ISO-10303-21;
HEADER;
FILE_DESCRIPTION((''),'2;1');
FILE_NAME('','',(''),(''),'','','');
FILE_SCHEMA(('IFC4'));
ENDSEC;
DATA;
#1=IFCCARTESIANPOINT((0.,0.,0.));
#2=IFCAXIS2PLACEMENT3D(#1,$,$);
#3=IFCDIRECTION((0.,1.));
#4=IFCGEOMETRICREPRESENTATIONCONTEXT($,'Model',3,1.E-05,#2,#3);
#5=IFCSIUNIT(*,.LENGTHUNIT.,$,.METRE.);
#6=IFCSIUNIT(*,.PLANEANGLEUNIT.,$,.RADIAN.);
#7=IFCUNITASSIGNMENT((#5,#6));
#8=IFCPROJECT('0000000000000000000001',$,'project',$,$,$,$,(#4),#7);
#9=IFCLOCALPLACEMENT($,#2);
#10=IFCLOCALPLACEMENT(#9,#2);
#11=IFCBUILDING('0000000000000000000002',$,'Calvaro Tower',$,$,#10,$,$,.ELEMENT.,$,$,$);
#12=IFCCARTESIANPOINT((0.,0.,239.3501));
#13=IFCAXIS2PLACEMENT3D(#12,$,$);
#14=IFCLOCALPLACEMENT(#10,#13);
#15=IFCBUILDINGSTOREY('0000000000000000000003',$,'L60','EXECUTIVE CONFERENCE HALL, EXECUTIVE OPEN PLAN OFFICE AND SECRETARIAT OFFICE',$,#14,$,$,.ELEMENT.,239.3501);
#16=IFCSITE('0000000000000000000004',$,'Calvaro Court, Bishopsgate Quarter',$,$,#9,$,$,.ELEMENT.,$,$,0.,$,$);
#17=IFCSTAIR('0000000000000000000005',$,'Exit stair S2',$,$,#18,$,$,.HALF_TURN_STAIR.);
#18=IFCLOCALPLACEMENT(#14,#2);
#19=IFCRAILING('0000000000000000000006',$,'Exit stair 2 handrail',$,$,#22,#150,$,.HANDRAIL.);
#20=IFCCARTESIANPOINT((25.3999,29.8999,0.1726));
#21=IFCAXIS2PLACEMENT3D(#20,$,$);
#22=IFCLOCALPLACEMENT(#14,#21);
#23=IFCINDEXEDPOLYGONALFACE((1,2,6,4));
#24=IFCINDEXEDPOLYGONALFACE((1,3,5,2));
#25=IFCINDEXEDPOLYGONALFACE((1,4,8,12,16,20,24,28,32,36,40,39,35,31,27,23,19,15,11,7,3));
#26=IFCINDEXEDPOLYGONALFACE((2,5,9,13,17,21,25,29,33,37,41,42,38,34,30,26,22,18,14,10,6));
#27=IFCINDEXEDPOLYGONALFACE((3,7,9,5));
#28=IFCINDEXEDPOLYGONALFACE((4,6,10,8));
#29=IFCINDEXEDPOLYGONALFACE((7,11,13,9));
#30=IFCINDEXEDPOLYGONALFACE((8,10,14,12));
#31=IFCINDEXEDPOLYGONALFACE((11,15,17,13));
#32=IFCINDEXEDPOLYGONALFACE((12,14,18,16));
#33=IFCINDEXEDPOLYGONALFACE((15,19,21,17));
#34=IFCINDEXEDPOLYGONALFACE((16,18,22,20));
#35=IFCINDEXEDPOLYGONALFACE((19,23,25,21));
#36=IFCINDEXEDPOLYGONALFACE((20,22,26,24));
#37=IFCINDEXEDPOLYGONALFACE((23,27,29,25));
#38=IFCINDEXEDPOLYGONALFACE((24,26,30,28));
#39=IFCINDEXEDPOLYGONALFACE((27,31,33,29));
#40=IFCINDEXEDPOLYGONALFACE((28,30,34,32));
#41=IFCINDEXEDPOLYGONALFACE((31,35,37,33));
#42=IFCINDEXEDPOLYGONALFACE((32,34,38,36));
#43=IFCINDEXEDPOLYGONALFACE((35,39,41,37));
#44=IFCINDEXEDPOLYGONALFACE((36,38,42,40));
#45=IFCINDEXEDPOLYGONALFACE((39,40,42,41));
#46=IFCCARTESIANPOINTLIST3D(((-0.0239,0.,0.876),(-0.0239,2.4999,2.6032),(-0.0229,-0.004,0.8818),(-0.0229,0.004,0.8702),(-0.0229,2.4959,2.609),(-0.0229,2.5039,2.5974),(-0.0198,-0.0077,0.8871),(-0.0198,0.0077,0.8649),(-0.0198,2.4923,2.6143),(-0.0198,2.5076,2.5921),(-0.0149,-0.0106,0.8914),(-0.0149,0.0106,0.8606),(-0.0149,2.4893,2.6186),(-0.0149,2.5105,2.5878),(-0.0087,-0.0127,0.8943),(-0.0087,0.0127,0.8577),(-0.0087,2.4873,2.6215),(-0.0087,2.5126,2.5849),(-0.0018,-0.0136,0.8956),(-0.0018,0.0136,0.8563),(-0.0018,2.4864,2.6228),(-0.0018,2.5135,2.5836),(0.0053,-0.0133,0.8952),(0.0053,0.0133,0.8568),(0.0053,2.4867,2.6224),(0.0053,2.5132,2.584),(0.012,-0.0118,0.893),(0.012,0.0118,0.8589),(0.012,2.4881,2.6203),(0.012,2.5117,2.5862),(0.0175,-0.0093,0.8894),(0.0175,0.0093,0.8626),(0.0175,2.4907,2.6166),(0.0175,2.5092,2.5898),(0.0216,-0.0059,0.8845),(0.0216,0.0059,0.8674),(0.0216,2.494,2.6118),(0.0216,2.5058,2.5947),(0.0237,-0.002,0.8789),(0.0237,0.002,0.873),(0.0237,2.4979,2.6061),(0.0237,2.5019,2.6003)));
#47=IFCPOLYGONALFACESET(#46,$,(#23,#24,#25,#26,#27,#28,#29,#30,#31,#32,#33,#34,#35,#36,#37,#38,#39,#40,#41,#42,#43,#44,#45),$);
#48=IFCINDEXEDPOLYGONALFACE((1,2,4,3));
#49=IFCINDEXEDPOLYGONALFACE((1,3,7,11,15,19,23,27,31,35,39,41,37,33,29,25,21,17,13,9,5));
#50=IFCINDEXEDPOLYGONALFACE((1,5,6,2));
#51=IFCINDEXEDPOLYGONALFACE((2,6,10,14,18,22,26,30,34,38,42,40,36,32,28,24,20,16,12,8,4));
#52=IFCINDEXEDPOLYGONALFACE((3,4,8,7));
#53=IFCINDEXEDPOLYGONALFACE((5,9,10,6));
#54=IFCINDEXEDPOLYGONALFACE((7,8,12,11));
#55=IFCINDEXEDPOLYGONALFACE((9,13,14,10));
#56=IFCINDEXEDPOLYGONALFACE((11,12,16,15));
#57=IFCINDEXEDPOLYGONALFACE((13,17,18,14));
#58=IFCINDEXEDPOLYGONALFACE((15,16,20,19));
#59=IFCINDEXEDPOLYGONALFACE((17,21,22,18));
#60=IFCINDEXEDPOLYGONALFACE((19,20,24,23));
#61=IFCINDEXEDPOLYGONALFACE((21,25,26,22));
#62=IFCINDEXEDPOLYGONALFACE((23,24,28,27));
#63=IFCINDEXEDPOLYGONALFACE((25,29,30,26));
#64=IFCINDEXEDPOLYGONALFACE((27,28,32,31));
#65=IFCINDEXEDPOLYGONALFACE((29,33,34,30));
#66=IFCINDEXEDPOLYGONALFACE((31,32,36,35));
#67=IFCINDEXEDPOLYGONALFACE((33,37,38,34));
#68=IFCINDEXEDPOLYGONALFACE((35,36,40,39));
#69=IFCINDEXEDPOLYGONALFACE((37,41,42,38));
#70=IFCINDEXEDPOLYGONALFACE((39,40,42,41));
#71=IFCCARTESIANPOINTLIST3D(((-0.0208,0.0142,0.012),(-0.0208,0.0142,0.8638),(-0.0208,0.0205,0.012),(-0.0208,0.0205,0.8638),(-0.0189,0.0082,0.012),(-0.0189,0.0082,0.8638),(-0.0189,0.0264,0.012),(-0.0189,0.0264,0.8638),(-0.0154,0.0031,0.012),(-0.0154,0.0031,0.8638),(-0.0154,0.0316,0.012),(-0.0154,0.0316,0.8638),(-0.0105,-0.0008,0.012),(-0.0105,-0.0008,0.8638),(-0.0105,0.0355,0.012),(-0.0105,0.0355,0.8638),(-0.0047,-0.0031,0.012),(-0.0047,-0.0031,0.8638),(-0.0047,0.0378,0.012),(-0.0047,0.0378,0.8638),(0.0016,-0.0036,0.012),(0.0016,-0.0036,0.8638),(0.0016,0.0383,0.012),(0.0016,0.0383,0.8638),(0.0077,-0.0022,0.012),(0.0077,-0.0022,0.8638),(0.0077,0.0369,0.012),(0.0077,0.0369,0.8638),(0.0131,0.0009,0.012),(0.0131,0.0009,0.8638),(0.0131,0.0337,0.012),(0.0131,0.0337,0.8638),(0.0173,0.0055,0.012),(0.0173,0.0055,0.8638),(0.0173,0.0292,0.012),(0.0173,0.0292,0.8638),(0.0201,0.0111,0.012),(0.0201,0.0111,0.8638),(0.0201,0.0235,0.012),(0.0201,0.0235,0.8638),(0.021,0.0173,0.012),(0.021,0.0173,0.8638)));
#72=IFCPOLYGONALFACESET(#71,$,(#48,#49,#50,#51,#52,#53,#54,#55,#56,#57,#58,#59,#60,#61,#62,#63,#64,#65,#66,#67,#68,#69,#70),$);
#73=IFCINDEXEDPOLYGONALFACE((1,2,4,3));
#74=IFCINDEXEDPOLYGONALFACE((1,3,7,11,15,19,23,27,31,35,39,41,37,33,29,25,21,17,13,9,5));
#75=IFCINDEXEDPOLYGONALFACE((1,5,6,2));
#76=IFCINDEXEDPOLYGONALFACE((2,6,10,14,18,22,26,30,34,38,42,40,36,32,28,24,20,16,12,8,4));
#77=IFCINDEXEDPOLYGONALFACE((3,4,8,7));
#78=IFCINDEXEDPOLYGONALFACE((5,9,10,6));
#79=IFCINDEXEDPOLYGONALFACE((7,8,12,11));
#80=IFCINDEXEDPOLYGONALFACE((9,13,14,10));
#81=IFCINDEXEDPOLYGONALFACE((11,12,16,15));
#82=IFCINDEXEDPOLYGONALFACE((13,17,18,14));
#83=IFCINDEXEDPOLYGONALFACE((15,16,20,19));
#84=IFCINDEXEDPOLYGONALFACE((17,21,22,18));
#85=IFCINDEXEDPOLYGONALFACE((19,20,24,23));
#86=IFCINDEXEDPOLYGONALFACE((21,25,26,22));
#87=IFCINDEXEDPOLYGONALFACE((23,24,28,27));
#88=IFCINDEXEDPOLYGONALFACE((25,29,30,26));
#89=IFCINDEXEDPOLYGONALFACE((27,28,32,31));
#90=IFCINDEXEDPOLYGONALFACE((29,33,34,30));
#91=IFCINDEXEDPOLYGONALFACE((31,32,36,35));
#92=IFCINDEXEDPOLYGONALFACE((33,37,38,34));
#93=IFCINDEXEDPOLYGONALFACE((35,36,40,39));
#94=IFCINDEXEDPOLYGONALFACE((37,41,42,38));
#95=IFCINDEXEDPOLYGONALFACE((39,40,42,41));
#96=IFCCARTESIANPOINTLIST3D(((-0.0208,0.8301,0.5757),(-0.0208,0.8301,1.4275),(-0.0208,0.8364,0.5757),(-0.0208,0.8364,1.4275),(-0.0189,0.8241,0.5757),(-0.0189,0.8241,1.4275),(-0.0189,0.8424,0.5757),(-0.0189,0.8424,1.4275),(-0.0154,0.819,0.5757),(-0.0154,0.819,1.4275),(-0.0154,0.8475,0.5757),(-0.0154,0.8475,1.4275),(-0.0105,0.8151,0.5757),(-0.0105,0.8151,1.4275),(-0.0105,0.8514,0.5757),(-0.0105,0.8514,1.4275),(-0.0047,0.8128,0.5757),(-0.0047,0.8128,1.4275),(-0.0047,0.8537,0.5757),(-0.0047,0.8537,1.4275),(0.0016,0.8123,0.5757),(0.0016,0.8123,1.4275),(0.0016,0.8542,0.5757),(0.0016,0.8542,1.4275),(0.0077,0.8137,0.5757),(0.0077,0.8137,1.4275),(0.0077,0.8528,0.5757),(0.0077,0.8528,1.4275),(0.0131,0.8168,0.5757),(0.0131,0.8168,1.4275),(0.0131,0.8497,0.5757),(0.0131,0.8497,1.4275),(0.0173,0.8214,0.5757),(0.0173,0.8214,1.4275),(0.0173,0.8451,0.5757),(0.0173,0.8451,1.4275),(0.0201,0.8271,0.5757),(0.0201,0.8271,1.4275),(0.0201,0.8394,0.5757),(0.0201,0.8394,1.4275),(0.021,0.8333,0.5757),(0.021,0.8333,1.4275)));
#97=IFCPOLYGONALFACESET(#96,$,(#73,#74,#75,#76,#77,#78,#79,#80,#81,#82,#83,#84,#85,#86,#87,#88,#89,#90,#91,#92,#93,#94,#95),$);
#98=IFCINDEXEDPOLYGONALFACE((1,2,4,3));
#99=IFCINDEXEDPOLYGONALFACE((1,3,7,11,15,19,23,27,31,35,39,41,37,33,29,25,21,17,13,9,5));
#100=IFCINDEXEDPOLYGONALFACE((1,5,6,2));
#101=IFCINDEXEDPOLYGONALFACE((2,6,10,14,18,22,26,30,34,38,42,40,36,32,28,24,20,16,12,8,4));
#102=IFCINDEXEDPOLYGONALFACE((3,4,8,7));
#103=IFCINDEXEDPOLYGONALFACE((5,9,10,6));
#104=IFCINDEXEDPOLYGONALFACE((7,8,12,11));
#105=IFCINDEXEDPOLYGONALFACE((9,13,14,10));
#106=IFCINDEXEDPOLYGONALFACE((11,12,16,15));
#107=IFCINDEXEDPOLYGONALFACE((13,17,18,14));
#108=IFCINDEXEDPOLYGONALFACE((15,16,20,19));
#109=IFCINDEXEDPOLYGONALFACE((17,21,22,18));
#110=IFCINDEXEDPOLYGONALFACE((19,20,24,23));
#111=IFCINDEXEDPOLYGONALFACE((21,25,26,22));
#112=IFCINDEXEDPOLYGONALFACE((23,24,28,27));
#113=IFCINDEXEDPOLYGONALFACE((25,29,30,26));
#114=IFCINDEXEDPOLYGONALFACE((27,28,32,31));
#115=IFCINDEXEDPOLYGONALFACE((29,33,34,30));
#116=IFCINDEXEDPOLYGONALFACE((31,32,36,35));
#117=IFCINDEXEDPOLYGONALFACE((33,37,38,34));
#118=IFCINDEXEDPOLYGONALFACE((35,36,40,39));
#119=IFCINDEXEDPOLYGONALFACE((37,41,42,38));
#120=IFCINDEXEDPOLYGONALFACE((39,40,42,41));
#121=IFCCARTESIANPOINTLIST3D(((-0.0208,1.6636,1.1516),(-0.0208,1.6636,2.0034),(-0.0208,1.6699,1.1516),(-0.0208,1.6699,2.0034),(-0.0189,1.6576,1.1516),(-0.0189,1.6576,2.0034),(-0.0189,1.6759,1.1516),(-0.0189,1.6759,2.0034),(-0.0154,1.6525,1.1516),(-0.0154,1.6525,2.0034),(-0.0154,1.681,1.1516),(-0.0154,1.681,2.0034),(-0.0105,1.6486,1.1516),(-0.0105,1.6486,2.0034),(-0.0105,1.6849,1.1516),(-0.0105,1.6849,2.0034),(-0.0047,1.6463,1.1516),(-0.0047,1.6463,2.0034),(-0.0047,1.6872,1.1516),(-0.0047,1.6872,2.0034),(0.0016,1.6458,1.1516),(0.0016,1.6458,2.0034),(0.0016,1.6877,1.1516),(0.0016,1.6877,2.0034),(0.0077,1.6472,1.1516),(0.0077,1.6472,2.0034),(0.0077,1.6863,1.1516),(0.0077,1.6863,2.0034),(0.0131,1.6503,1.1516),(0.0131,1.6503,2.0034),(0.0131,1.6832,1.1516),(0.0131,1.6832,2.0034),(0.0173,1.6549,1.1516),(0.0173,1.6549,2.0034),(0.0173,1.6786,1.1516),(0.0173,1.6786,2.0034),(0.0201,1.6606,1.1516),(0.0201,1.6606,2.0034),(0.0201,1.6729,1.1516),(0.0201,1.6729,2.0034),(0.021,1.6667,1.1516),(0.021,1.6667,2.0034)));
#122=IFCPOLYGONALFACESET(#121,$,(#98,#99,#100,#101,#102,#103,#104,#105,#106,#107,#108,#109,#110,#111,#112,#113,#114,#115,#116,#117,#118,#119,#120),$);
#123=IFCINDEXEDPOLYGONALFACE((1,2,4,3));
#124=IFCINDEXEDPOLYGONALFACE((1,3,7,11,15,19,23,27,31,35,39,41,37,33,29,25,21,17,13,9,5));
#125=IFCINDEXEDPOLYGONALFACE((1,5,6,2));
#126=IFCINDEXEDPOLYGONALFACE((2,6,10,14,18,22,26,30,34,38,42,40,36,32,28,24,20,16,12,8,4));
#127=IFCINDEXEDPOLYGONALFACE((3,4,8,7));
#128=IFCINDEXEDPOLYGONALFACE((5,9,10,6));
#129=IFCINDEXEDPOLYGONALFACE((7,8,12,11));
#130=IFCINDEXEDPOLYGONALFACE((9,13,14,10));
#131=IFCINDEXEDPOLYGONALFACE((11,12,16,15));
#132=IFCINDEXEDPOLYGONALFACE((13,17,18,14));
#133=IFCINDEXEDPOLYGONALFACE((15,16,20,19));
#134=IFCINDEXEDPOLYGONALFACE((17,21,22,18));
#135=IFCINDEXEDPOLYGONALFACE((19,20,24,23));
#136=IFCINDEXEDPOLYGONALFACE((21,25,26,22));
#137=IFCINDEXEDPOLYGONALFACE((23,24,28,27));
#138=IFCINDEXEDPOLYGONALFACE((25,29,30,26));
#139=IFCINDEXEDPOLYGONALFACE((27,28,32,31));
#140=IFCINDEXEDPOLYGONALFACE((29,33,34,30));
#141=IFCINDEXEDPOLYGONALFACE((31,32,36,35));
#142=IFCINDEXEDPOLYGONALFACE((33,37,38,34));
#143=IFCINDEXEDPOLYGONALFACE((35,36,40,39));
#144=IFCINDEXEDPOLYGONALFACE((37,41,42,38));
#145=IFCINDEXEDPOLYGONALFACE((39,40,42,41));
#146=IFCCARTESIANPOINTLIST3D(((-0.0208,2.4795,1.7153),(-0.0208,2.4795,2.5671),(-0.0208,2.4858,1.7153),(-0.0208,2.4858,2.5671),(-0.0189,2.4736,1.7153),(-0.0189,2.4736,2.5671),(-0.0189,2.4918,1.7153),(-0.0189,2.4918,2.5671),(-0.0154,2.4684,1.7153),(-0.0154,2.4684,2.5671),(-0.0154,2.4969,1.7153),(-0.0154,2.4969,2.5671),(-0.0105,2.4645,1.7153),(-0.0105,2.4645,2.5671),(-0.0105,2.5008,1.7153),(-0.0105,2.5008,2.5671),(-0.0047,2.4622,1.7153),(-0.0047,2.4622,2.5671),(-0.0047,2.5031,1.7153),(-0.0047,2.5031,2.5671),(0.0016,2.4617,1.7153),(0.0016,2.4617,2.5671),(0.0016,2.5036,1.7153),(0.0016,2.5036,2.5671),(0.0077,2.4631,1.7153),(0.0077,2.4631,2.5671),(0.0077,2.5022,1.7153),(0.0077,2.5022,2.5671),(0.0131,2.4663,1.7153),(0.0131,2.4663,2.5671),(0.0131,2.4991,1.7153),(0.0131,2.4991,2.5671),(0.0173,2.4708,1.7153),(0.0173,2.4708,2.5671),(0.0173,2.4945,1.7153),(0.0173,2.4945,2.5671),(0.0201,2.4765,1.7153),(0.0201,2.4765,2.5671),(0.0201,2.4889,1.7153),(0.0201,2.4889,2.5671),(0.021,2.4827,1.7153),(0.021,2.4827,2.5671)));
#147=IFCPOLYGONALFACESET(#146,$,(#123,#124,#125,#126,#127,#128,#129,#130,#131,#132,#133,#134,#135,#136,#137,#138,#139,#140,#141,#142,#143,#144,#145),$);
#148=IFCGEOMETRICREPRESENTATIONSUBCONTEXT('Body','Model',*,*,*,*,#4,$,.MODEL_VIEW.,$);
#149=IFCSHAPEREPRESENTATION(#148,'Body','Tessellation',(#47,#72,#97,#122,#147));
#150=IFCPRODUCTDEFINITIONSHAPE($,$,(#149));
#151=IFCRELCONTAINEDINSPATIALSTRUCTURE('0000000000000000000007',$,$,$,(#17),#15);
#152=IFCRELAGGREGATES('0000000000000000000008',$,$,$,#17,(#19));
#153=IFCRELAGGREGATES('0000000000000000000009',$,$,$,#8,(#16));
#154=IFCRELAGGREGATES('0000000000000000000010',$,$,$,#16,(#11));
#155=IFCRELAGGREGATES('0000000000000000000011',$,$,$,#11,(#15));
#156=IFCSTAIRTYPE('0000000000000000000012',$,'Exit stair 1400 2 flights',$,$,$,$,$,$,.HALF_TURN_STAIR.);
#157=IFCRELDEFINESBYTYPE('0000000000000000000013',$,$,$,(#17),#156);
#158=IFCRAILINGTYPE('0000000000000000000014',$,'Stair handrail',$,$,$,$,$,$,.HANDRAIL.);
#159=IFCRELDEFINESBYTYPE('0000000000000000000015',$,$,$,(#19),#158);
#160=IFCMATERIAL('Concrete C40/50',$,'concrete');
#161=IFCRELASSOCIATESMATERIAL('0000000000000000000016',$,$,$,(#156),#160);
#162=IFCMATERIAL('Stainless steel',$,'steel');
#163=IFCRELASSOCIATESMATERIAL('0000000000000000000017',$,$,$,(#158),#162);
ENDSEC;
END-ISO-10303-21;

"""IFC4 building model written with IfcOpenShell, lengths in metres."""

from ifc_helpers import new_model, si_unit, direction, frame, origin, origin_2d, place, context, subcontext, project, spatial, circle, extrude, material, type_object, element, aggregate, save


model = new_model("IFC4")

# Units and contexts
model_context = context("Model", 3, precision=1e-05, world=origin(), true_north=direction((0.0, 1.0)))
body_context = subcontext(model_context, "Body", "Model", "MODEL_VIEW")
ifc_project = project(units=[si_unit("LENGTHUNIT", "METRE"), si_unit("PLANEANGLEUNIT", "RADIAN")], contexts=[model_context])

# Site, building, storey
site_placement = place(None, origin())
site = spatial("IfcSite", under=ifc_project, at=site_placement, Name="Calvaro Court, Bishopsgate Quarter", CompositionType="ELEMENT", RefElevation=0.0)
building_placement = place(site_placement, origin())
building = spatial("IfcBuilding", under=site, at=building_placement, Name="Calvaro Tower", CompositionType="ELEMENT")
storey_placement = place(building_placement, frame((0.0, 0.0, 239.3501)))
storey = spatial("IfcBuildingStorey", under=building, at=storey_placement, Name="L60", Description="EXECUTIVE CONFERENCE HALL, EXECUTIVE OPEN PLAN OFFICE AND SECRETARIAT OFFICE", CompositionType="ELEMENT", Elevation=239.3501)

# Shared definitions
ifc_material_1 = material(Name="Concrete C40/50", Category="concrete")
stair_type = type_object("IfcStairType", Name="Exit stair 1400 2 flights", PredefinedType="HALF_TURN_STAIR", material=ifc_material_1)
ifc_material_2 = material(Name="Stainless steel", Category="steel")
railing_type = type_object("IfcRailingType", Name="Stair handrail", PredefinedType="HANDRAIL", material=ifc_material_2)

# Stair, railing
stair_1_placement = place(storey_placement, origin())
stair_1 = element("IfcStair", 1, at=stair_1_placement, inside=storey, type_object=stair_type, Name="Exit stair S2", PredefinedType="HALF_TURN_STAIR")
railing_1_placement = place(storey_placement, frame((25.3999, 29.8999, 0.1726)))
railing_1 = element("IfcRailing", 2, at=railing_1_placement, type_object=railing_type, Name="Exit stair 2 handrail", PredefinedType="HANDRAIL", context=body_context, shape_type="SweptSolid", body=[
    extrude(circle(Radius=0.0239, at=origin_2d()), frame((0.0, 0.0, 0.876), z_axis=(0.0, 0.822727, 0.568437), x_axis=(-1.0, 0.0, 0.0)), (0.0, 0.0, 1.0), 3.0386),
    extrude(circle(Radius=0.021, at=origin_2d()), frame((0.0, 0.0173, 0.012)), (0.0, 0.0, 1.0), 0.8518),
    extrude(circle(Radius=0.021, at=origin_2d()), frame((0.0, 0.8333, 0.5757)), (0.0, 0.0, 1.0), 0.8518),
    extrude(circle(Radius=0.021, at=origin_2d()), frame((0.0, 1.6667, 1.1516)), (0.0, 0.0, 1.0), 0.8518),
    extrude(circle(Radius=0.021, at=origin_2d()), frame((0.0, 2.4827, 1.7153)), (0.0, 0.0, 1.0), 0.8518),
])
aggregate(stair_1, [railing_1])

save(model, "model.ifc")
